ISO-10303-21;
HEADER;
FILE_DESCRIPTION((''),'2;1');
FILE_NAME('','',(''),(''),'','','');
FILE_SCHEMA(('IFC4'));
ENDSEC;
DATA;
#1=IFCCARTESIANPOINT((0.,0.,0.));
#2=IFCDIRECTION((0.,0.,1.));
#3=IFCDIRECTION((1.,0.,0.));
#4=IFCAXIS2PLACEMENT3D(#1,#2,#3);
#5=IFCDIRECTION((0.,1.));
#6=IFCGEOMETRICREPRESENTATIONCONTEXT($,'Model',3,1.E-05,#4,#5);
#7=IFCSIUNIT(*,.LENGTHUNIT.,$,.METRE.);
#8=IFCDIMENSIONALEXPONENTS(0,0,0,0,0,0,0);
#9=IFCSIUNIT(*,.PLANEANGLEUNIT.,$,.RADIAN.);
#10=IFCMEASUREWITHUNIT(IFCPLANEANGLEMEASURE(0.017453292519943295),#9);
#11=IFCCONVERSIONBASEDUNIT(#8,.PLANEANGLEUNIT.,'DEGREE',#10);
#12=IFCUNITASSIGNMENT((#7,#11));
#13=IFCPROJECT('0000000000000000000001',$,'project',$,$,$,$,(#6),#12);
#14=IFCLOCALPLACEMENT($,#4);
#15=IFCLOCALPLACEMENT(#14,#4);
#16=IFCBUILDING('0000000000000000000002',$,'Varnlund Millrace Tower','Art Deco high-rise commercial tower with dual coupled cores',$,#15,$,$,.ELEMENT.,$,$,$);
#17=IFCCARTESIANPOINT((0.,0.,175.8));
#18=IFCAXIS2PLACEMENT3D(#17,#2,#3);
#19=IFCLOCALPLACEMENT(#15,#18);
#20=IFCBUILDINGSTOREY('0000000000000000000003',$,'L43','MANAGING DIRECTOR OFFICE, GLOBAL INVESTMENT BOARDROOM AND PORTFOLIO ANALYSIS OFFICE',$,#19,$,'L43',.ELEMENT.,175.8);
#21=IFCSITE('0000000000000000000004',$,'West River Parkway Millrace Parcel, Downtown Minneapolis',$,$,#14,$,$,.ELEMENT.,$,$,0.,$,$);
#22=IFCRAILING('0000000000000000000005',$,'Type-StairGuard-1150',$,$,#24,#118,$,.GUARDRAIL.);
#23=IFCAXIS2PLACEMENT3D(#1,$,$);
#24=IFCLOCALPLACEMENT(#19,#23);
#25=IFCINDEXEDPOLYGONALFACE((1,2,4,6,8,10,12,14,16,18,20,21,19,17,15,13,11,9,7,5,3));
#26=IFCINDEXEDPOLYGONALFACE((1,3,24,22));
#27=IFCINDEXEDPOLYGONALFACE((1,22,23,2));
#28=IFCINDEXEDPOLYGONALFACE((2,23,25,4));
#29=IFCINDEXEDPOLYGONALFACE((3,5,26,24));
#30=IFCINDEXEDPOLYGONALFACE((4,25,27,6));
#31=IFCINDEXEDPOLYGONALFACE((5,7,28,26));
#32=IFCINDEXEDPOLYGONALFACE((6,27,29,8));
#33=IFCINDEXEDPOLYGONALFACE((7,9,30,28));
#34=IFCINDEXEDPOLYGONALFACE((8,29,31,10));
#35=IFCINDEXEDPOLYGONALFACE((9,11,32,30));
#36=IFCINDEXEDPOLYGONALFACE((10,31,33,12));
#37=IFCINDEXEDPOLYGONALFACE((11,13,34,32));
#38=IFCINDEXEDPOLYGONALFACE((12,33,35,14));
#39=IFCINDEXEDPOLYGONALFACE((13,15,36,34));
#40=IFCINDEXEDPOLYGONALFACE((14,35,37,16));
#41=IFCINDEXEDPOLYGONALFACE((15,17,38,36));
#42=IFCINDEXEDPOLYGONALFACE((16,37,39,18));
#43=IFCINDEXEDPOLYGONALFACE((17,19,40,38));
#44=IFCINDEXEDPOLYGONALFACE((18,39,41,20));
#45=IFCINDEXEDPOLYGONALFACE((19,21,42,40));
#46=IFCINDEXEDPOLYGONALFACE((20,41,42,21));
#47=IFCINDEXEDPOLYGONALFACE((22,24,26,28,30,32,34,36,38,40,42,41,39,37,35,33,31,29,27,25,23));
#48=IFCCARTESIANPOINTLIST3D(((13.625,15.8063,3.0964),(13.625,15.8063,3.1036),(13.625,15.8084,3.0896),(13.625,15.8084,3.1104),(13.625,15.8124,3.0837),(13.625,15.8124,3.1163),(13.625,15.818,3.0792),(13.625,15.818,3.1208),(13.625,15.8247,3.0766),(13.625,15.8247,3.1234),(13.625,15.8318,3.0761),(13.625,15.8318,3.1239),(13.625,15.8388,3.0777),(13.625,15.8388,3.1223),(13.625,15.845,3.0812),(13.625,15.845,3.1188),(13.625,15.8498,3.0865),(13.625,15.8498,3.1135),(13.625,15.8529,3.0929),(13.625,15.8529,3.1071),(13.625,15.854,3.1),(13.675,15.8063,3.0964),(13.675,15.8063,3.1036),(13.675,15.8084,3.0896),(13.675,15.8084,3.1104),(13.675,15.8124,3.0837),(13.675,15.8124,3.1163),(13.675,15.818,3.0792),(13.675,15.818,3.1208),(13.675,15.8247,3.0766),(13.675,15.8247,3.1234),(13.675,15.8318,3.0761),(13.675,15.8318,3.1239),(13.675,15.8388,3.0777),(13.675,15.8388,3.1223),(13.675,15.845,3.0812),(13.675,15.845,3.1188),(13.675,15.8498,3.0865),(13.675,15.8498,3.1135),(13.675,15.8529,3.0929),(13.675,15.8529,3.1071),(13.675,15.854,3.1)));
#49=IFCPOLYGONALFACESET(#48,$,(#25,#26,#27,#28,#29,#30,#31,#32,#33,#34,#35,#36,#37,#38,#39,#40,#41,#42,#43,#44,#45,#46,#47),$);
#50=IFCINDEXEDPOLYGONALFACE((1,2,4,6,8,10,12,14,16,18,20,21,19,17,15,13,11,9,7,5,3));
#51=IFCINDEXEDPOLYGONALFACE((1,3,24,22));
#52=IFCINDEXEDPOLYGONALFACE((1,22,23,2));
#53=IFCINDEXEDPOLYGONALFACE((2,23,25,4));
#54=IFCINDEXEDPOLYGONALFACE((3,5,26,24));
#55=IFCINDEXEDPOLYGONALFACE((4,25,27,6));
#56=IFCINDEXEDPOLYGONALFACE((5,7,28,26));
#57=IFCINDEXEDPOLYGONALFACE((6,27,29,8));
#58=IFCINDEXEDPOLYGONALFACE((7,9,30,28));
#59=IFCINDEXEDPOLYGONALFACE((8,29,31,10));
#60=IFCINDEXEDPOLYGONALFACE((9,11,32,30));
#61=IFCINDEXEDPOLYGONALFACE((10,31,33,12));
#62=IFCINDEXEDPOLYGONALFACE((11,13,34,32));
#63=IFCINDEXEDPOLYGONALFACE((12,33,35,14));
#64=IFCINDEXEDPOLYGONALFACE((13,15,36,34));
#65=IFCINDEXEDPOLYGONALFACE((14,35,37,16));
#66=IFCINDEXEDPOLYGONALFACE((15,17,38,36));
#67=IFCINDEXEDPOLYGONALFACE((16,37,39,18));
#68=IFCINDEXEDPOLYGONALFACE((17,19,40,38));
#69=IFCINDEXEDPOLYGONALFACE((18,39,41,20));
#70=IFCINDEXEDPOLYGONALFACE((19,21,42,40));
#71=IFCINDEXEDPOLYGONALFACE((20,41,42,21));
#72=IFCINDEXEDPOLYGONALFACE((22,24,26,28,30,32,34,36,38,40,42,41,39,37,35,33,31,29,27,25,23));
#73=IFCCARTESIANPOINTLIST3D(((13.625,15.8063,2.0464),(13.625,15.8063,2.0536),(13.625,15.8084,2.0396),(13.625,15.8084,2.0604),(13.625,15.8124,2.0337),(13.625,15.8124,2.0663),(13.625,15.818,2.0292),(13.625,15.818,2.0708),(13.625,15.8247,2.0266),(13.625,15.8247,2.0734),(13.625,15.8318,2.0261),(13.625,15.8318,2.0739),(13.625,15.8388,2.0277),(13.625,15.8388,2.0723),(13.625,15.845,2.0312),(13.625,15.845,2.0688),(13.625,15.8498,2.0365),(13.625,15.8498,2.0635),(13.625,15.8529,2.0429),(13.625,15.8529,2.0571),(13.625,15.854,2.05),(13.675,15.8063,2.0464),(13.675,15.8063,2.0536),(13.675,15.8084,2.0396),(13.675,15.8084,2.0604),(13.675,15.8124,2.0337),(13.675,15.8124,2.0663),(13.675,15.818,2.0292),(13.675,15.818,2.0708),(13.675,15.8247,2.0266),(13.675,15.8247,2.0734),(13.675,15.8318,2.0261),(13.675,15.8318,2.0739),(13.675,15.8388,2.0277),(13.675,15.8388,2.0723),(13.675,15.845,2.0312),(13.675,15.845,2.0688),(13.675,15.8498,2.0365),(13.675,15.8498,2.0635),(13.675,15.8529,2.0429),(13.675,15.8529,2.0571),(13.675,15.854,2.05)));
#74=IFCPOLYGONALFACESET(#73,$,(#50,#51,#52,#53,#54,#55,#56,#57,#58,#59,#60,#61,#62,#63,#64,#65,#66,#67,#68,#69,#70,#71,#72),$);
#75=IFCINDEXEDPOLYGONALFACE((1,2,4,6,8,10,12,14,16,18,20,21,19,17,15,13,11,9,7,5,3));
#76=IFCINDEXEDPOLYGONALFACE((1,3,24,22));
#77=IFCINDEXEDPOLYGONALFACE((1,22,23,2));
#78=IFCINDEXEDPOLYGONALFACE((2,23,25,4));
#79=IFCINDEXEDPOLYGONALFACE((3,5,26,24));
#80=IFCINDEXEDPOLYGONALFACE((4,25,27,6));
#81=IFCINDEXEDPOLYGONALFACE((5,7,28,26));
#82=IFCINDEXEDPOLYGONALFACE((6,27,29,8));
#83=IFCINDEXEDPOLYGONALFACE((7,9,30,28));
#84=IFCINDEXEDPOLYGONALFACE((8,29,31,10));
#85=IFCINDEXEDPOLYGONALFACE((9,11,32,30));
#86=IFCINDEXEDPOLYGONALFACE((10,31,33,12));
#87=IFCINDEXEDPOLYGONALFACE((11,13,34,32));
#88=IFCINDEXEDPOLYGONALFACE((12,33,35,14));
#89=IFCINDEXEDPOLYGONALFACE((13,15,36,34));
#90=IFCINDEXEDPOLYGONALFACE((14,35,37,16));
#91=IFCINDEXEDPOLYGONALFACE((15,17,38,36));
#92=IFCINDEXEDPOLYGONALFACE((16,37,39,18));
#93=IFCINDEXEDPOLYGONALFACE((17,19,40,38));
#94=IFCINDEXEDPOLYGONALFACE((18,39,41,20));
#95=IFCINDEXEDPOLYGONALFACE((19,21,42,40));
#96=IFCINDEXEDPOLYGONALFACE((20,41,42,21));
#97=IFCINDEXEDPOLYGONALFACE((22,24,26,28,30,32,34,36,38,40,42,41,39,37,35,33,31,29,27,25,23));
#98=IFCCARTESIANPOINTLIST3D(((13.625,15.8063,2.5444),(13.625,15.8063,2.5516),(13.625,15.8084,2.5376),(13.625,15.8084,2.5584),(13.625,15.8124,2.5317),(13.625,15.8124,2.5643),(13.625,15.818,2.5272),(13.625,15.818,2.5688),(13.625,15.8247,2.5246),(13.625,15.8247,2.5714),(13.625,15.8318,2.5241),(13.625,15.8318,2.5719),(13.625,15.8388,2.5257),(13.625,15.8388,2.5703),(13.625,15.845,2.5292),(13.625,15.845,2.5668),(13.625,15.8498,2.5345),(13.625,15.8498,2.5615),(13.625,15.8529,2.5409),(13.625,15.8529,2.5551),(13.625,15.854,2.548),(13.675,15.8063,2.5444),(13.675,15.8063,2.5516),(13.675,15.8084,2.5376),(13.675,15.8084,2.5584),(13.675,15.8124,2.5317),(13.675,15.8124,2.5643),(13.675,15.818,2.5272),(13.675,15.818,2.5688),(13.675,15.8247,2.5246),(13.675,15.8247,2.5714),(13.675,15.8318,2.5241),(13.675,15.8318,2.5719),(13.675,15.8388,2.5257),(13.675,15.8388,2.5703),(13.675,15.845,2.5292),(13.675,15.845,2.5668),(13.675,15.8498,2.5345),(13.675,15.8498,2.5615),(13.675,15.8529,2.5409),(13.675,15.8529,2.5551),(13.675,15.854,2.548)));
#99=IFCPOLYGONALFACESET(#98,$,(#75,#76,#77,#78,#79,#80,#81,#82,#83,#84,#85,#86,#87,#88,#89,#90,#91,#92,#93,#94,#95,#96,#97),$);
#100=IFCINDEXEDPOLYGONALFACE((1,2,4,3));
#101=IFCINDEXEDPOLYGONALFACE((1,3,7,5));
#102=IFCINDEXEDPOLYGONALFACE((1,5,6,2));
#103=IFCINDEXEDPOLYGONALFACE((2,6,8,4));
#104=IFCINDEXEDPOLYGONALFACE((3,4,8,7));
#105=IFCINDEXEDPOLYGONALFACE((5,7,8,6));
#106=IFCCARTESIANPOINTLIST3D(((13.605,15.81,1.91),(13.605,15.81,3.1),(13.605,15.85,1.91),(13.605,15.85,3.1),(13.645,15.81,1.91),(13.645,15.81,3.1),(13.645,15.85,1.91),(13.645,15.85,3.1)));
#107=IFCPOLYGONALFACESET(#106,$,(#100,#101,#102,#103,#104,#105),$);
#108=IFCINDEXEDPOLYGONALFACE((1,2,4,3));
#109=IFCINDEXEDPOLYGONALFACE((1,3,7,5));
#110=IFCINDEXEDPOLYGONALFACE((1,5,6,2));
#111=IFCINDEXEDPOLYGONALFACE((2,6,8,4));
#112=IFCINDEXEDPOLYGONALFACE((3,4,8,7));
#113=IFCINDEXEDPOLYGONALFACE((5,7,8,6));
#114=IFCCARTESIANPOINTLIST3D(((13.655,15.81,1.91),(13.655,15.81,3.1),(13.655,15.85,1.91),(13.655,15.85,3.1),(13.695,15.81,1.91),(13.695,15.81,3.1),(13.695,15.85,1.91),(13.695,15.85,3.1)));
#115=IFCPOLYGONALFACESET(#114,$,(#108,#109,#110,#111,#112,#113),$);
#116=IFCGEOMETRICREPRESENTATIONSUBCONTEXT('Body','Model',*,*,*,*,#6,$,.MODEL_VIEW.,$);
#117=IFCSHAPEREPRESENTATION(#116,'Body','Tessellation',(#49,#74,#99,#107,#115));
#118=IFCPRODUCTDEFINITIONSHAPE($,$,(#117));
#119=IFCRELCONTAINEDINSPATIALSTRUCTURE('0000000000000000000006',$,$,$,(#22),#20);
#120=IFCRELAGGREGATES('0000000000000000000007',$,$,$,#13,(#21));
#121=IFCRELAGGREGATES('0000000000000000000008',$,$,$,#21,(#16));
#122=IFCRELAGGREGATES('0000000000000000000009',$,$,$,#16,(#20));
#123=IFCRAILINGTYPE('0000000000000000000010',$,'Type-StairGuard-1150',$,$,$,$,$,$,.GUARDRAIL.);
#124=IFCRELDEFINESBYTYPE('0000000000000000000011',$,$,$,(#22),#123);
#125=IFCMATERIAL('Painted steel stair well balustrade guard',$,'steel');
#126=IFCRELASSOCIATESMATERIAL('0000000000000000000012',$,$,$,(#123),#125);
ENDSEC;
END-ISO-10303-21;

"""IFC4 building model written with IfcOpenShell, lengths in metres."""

from ifc_helpers import new_model, entity, si_unit, converted_unit, direction, frame, origin_with_axes, origin_2d_with_axis, place, context, subcontext, project, spatial, rectangle, circle, extrude, material, type_object, element, save


model = new_model("IFC4")

# Units and contexts
model_context = context("Model", 3, precision=1e-05, world=origin_with_axes(), true_north=direction((0.0, 1.0)))
body_context = subcontext(model_context, "Body", "Model", "MODEL_VIEW")
ifc_project = project(units=[si_unit("LENGTHUNIT", "METRE"), converted_unit("PLANEANGLEUNIT", "DEGREE", entity("IfcPlaneAngleMeasure", 0.017453292519943295), si_unit("PLANEANGLEUNIT", "RADIAN"), dimensions=[0, 0, 0, 0, 0, 0, 0])], contexts=[model_context])

# Site, building, storey
site_placement = place(None, origin_with_axes())
site = spatial("IfcSite", under=ifc_project, at=site_placement, Name="West River Parkway Millrace Parcel, Downtown Minneapolis", CompositionType="ELEMENT", RefElevation=0.0)
building_placement = place(site_placement, origin_with_axes())
building = spatial("IfcBuilding", under=site, at=building_placement, Name="Varnlund Millrace Tower", Description="Art Deco high-rise commercial tower with dual coupled cores", CompositionType="ELEMENT")
storey_placement = place(building_placement, frame((0.0, 0.0, 175.8), z_axis=(0.0, 0.0, 1.0), x_axis=(1.0, 0.0, 0.0)))
storey = spatial("IfcBuildingStorey", under=building, at=storey_placement, Name="L43", Description="MANAGING DIRECTOR OFFICE, GLOBAL INVESTMENT BOARDROOM AND PORTFOLIO ANALYSIS OFFICE", LongName="L43", CompositionType="ELEMENT", Elevation=175.8)

# Railing
ifc_material_1 = material(Name="Painted steel stair well balustrade guard", Category="steel")
railing_type_1 = type_object("IfcRailingType", Name="Type-StairGuard-1150", PredefinedType="GUARDRAIL", material=ifc_material_1)
railing_1_placement = place(storey_placement, frame((0.0, 0.0, -175.8), z_axis=(0.0, 0.0, 1.0), x_axis=(1.0, 0.0, 0.0)))
element("IfcRailing", 1, at=railing_1_placement, inside=storey, type_object=railing_type_1, Name="Type-StairGuard-1150", PredefinedType="GUARDRAIL", context=body_context, shape_type="SweptSolid", body=[
    extrude(circle(Radius=0.024, at=origin_2d_with_axis()), frame((13.625, 15.83, 178.9), z_axis=(1.0, 0.0, 0.0), x_axis=(0.0, 1.0, 0.0)), (0.0, 0.0, 1.0), 0.05),
    extrude(circle(Radius=0.024, at=origin_2d_with_axis()), frame((13.625, 15.83, 177.85), z_axis=(1.0, 0.0, 0.0), x_axis=(0.0, 1.0, 0.0)), (0.0, 0.0, 1.0), 0.05),
    extrude(circle(Radius=0.024, at=origin_2d_with_axis()), frame((13.625, 15.83, 178.348), z_axis=(1.0, 0.0, 0.0), x_axis=(0.0, 1.0, 0.0)), (0.0, 0.0, 1.0), 0.05),
    extrude(rectangle(XDim=0.04, YDim=0.04, at=origin_2d_with_axis()), frame((13.625, 15.83, 177.71), z_axis=(0.0, 0.0, 1.0), x_axis=(1.0, 0.0, 0.0)), (0.0, 0.0, 1.0), 1.19),
    extrude(rectangle(XDim=0.04, YDim=0.04, at=origin_2d_with_axis()), frame((13.675, 15.83, 177.71), z_axis=(0.0, 0.0, 1.0), x_axis=(1.0, 0.0, 0.0)), (0.0, 0.0, 1.0), 1.19),
])

save(model, "model.ifc")
